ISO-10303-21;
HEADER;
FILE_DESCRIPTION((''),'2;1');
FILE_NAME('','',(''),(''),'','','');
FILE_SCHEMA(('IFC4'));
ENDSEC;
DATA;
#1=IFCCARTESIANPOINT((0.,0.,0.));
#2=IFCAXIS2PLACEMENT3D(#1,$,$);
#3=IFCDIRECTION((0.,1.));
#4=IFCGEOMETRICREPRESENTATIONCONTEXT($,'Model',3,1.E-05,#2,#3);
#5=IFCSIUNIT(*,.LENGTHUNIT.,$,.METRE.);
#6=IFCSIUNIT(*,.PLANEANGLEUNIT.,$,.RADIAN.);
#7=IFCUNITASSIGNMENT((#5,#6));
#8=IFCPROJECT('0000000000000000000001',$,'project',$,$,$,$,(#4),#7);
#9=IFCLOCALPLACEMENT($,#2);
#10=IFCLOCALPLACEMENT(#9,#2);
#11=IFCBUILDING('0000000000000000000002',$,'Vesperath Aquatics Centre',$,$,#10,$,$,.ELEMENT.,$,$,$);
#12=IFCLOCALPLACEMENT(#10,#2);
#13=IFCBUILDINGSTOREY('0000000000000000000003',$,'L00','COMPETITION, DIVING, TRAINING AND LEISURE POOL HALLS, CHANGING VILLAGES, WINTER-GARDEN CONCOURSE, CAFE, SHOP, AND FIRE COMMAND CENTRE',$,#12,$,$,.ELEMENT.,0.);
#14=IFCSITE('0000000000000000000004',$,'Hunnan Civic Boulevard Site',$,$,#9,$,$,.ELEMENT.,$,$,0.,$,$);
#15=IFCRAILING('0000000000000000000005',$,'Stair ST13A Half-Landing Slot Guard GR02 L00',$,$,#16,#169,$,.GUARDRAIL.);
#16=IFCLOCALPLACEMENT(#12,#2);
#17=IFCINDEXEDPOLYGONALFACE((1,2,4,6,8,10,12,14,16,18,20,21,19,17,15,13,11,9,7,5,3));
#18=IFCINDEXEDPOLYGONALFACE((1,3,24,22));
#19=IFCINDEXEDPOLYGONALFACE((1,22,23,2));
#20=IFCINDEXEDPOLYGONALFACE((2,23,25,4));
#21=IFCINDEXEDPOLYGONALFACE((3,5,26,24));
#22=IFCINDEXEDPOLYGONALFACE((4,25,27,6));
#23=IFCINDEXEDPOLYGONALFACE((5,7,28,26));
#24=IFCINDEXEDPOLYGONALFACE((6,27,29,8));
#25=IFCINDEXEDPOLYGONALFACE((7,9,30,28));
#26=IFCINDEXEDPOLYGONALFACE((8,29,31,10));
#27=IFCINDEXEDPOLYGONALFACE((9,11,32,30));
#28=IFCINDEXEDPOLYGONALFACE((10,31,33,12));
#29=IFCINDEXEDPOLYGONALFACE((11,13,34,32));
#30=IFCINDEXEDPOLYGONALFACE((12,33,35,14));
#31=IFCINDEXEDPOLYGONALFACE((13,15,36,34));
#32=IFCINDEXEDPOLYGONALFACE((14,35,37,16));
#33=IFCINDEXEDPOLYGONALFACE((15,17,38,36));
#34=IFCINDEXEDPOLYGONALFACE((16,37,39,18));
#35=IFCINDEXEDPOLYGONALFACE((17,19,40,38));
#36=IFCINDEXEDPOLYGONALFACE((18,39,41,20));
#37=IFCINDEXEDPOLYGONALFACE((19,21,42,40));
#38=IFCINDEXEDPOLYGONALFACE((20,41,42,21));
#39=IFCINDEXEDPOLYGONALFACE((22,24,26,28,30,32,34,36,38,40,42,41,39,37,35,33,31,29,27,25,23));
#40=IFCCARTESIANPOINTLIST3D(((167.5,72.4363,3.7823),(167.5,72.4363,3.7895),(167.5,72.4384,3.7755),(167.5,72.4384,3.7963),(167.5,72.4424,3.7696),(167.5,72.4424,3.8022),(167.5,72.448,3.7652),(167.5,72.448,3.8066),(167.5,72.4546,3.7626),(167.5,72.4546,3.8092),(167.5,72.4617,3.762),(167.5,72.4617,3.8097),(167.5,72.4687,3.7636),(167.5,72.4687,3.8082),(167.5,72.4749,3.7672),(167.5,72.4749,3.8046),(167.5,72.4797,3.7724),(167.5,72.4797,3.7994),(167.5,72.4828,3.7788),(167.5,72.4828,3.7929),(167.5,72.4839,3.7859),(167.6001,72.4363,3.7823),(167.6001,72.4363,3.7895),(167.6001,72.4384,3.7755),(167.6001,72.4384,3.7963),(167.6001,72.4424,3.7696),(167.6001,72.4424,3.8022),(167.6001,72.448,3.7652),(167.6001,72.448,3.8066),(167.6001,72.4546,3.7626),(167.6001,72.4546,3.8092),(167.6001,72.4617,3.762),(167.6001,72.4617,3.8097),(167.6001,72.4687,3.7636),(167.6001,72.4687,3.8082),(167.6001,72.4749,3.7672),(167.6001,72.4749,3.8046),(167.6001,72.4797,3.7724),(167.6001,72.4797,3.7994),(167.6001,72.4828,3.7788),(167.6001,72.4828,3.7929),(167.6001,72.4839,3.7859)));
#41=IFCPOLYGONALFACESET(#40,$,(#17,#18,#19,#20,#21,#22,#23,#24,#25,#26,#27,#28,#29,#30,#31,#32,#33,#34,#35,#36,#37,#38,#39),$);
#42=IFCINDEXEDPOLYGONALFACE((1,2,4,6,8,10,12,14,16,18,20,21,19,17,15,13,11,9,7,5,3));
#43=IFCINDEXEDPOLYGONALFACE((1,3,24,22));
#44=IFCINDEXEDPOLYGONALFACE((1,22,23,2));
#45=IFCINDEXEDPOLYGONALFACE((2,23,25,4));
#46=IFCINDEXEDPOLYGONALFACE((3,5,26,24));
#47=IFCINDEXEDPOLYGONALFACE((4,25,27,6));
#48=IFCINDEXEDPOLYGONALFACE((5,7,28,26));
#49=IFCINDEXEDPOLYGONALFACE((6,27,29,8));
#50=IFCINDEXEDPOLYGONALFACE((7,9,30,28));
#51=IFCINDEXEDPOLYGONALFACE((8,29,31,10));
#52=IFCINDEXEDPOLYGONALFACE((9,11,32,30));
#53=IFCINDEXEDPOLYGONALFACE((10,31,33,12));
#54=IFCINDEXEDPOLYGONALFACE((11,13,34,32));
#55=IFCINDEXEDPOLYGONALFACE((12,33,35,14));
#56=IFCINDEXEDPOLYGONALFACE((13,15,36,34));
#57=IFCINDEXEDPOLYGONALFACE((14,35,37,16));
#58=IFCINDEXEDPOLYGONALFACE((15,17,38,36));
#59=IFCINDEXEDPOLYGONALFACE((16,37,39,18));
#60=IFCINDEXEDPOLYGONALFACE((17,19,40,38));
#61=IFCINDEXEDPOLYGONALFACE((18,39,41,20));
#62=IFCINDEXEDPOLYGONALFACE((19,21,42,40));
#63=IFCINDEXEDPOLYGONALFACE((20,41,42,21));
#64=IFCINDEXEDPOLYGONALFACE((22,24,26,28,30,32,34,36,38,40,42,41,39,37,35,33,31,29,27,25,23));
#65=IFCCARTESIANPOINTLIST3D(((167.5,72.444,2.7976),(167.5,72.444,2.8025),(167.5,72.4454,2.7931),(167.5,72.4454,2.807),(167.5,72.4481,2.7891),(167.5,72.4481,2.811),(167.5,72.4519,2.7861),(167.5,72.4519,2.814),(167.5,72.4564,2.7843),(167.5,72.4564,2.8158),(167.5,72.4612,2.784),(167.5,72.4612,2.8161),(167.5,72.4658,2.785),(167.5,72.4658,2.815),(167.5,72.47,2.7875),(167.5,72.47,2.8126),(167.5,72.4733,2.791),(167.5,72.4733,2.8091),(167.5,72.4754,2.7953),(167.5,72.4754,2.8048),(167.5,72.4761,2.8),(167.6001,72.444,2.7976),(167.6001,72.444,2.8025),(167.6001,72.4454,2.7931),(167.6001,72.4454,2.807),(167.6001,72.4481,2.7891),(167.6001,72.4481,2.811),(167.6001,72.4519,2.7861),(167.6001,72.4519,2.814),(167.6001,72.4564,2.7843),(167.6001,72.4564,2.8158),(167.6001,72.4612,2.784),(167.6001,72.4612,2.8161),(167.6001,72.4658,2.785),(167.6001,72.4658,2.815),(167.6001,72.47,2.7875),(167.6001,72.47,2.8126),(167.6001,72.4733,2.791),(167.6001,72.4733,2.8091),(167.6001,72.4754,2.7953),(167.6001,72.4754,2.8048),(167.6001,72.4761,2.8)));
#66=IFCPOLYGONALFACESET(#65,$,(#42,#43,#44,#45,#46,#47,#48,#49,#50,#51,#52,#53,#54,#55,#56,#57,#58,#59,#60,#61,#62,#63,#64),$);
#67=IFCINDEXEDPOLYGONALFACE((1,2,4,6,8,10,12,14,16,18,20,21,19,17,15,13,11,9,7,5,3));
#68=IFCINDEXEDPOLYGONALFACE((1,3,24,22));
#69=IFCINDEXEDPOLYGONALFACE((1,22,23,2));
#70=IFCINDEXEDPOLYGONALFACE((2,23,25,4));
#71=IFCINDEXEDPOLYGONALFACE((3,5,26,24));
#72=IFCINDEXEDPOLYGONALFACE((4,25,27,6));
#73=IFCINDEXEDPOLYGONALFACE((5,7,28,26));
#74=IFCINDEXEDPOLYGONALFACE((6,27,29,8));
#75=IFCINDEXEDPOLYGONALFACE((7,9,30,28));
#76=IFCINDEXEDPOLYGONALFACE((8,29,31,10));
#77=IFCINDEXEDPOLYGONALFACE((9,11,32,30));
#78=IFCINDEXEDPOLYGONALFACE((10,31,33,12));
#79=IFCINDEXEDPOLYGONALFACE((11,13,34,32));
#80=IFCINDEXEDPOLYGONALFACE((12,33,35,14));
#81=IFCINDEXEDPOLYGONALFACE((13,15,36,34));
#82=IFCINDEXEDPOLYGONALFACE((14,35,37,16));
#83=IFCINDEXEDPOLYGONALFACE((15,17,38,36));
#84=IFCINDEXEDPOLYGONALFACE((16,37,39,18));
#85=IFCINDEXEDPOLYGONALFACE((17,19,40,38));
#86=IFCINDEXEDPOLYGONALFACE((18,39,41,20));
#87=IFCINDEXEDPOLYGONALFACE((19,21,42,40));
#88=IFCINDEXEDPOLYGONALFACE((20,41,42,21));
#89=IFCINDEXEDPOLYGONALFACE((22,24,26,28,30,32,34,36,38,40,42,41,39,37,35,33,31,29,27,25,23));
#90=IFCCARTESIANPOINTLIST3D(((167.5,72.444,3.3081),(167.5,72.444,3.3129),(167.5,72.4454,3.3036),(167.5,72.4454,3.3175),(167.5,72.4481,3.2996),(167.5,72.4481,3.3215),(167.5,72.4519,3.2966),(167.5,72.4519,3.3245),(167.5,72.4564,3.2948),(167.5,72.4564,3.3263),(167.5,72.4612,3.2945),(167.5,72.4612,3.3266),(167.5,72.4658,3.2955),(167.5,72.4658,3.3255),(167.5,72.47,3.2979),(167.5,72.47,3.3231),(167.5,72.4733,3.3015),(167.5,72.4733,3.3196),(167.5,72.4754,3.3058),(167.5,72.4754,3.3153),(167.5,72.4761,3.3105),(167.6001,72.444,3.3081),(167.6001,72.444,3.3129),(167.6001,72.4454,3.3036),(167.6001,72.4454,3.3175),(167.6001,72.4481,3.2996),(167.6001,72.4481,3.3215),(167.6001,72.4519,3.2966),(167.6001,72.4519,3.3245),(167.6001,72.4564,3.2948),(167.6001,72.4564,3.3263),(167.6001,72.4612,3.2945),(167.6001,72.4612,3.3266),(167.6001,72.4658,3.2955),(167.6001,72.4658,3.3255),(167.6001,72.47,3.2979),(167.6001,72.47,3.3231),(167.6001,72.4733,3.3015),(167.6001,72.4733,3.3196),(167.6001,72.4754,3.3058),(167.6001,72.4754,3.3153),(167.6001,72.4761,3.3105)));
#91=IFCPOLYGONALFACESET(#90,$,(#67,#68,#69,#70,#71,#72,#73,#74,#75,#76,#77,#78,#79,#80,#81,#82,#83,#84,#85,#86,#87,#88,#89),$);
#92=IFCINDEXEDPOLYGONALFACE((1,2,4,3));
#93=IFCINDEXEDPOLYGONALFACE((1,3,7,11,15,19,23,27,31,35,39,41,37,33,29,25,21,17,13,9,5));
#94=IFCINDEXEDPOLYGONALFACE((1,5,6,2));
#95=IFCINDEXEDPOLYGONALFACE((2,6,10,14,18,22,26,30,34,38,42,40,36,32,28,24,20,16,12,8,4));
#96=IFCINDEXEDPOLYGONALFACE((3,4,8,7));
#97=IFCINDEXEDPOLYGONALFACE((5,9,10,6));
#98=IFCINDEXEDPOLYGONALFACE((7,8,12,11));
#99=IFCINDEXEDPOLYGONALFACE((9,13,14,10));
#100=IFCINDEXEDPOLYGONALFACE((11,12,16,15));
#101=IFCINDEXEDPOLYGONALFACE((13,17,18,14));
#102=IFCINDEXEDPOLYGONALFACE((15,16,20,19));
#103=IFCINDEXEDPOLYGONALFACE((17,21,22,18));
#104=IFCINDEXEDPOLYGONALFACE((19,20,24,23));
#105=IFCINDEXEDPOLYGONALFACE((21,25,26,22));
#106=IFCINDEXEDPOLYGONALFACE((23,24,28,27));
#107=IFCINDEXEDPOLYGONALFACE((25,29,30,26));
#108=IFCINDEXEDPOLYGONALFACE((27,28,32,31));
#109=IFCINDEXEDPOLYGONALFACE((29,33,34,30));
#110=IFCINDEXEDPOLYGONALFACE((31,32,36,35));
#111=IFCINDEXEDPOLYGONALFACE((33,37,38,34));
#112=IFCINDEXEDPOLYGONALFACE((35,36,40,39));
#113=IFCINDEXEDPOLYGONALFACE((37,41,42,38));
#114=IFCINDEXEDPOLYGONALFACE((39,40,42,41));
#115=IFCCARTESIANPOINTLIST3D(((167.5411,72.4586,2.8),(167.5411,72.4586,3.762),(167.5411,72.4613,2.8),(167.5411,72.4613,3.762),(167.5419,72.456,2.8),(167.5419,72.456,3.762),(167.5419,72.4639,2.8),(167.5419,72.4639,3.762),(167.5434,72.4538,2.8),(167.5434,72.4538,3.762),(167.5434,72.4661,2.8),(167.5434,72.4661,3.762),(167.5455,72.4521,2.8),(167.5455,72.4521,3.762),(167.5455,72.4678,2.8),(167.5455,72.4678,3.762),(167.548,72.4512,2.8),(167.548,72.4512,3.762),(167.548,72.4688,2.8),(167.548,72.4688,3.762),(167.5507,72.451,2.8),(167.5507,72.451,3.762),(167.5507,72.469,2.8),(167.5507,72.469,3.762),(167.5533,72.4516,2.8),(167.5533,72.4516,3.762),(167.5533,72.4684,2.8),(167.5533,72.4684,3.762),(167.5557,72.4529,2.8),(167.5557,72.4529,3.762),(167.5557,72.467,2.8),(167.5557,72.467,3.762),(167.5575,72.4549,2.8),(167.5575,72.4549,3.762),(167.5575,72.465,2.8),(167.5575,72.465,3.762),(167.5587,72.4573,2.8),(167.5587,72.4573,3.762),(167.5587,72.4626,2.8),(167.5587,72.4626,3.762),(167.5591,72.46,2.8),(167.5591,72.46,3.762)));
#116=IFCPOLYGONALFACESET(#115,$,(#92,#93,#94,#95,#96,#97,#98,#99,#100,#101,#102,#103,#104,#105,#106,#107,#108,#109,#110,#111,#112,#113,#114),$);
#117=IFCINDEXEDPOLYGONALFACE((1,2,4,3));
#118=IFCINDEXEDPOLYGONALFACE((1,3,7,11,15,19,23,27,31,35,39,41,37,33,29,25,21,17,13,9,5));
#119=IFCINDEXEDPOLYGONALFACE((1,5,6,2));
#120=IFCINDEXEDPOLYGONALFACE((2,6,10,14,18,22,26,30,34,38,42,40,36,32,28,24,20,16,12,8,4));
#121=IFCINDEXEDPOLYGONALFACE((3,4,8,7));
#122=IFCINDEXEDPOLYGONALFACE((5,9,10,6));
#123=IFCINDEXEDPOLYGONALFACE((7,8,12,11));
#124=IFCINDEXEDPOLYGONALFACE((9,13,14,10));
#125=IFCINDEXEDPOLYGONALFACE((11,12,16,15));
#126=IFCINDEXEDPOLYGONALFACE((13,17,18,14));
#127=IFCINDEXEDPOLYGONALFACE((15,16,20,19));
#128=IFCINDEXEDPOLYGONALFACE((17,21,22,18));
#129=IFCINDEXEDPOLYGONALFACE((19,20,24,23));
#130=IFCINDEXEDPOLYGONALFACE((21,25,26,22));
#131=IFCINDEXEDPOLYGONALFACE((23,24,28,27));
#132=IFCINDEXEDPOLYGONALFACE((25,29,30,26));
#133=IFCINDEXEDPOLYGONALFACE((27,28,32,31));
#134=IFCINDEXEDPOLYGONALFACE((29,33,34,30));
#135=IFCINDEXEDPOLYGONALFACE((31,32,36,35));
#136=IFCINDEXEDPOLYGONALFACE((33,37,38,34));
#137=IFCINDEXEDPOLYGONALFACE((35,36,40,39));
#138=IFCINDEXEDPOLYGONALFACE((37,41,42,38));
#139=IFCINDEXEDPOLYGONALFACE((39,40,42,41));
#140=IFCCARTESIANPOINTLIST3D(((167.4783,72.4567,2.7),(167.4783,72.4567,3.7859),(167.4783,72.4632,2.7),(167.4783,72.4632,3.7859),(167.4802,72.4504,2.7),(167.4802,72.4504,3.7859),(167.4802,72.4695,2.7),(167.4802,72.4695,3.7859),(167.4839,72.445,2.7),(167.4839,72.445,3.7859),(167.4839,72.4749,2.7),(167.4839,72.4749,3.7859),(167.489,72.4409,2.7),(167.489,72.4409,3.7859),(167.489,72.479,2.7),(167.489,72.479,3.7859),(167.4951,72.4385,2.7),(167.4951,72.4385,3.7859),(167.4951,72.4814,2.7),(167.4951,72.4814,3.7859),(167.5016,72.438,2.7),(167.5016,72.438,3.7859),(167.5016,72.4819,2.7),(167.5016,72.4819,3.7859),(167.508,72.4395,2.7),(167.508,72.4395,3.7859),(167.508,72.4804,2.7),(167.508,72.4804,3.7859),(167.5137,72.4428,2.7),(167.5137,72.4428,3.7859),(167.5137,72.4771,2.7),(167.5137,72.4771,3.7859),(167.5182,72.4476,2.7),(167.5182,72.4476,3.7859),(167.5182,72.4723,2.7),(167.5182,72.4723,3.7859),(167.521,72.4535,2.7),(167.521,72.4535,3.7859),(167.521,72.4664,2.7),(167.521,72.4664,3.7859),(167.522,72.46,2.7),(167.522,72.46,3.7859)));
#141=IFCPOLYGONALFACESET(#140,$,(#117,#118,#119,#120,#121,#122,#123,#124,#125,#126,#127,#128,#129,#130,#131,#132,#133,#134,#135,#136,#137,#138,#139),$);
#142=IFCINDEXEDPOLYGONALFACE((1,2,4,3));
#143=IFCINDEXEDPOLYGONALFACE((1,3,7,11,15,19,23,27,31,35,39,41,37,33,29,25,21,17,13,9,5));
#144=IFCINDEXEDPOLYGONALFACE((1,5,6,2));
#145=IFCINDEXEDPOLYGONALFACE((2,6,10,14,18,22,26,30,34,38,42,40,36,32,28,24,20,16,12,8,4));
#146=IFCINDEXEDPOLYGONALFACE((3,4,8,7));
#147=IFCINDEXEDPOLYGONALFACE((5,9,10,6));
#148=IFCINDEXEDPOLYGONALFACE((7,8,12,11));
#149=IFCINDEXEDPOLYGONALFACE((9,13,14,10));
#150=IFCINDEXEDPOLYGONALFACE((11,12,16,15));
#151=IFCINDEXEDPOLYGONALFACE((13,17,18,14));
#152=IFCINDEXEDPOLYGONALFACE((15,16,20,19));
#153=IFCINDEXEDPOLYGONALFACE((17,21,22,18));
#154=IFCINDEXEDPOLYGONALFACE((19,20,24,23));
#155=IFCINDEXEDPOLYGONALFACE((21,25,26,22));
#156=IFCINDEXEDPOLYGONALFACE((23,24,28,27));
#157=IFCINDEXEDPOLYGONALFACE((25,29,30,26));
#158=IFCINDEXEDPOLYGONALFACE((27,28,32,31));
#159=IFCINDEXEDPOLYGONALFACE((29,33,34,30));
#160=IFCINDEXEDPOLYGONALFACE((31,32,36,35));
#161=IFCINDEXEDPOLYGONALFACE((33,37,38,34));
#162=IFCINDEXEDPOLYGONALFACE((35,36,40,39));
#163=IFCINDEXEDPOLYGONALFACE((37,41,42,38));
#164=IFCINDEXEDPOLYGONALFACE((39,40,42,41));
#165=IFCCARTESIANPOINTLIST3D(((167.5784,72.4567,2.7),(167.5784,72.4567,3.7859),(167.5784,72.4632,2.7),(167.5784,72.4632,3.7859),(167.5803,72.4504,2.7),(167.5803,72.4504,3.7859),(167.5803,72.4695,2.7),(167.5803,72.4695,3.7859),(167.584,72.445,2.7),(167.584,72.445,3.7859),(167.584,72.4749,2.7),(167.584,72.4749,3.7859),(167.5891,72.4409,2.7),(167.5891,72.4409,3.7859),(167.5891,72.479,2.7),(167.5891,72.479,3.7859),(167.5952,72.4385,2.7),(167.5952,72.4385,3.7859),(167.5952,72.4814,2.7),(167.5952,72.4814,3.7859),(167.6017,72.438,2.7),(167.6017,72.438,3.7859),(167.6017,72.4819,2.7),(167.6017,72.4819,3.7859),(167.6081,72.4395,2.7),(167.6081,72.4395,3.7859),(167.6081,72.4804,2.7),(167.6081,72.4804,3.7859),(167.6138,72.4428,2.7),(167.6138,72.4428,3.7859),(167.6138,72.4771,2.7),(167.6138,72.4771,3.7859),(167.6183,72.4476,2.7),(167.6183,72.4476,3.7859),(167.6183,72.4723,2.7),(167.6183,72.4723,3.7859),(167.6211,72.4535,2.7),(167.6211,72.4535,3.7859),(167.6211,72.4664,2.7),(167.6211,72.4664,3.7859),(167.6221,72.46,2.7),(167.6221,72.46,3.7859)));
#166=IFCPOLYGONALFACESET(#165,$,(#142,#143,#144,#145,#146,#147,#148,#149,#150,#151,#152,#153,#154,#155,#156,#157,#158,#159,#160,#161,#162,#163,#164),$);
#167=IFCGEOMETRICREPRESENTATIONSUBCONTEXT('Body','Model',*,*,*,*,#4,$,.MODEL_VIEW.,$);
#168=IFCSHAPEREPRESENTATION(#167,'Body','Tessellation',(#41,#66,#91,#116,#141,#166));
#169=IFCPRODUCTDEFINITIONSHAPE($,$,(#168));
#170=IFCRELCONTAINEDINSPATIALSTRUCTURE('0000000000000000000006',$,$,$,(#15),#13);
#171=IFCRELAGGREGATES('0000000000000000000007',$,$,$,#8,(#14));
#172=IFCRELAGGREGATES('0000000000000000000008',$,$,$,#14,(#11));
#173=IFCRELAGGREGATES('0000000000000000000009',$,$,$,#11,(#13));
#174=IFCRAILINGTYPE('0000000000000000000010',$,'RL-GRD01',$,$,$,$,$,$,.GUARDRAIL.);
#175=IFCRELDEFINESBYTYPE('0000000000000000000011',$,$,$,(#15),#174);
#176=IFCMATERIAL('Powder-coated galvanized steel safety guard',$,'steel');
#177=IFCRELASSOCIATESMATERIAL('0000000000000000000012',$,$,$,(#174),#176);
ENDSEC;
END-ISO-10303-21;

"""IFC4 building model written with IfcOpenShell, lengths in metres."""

from ifc_helpers import new_model, si_unit, direction, frame, origin, origin_2d, place, context, subcontext, project, spatial, circle, extrude, material, type_object, element, save


model = new_model("IFC4")

# Units and contexts
model_context = context("Model", 3, precision=1e-05, world=origin(), true_north=direction((0.0, 1.0)))
body_context = subcontext(model_context, "Body", "Model", "MODEL_VIEW")
ifc_project = project(units=[si_unit("LENGTHUNIT", "METRE"), si_unit("PLANEANGLEUNIT", "RADIAN")], contexts=[model_context])

# Site, building, storey
site_placement = place(None, origin())
site = spatial("IfcSite", under=ifc_project, at=site_placement, Name="Hunnan Civic Boulevard Site", CompositionType="ELEMENT", RefElevation=0.0)
building_placement = place(site_placement, origin())
building = spatial("IfcBuilding", under=site, at=building_placement, Name="Vesperath Aquatics Centre", CompositionType="ELEMENT")
storey_placement = place(building_placement, origin())
storey = spatial("IfcBuildingStorey", under=building, at=storey_placement, Name="L00", Description="COMPETITION, DIVING, TRAINING AND LEISURE POOL HALLS, CHANGING VILLAGES, WINTER-GARDEN CONCOURSE, CAFE, SHOP, AND FIRE COMMAND CENTRE", CompositionType="ELEMENT", Elevation=0.0)

# Railing
ifc_material_1 = material(Name="Powder-coated galvanized steel safety guard", Category="steel")
railing_type_1 = type_object("IfcRailingType", Name="RL-GRD01", PredefinedType="GUARDRAIL", material=ifc_material_1)
railing_1_placement = place(storey_placement, frame((167.5, 72.46, 2.7)))
element("IfcRailing", 1, at=railing_1_placement, inside=storey, type_object=railing_type_1, Name="Stair ST13A Half-Landing Slot Guard GR02 L00", PredefinedType="GUARDRAIL", context=body_context, shape_type="SweptSolid", body=[
    extrude(circle(Radius=0.0239, at=origin_2d()), frame((0.0, 0.0, 1.0859), z_axis=(1.0, 0.0, 0.0), x_axis=(0.0, 1.0, 0.0)), (0.0, 0.0, 1.0), 0.1001),
    extrude(circle(Radius=0.0161, at=origin_2d()), frame((0.0, 0.0, 0.1001), z_axis=(1.0, 0.0, 0.0), x_axis=(0.0, 1.0, 0.0)), (0.0, 0.0, 1.0), 0.1001),
    extrude(circle(Radius=0.0161, at=origin_2d()), frame((0.0, 0.0, 0.6106), z_axis=(1.0, 0.0, 0.0), x_axis=(0.0, 1.0, 0.0)), (0.0, 0.0, 1.0), 0.1001),
    extrude(circle(Radius=0.009, at=origin_2d()), frame((0.05, 0.0, 0.1001)), (0.0, 0.0, 1.0), 0.9619),
    extrude(circle(Radius=0.022, at=origin_2d()), origin(), (0.0, 0.0, 1.0), 1.0859),
    extrude(circle(Radius=0.022, at=origin_2d()), frame((0.1001, 0.0, 0.0)), (0.0, 0.0, 1.0), 1.0859),
])

save(model, "model.ifc")
